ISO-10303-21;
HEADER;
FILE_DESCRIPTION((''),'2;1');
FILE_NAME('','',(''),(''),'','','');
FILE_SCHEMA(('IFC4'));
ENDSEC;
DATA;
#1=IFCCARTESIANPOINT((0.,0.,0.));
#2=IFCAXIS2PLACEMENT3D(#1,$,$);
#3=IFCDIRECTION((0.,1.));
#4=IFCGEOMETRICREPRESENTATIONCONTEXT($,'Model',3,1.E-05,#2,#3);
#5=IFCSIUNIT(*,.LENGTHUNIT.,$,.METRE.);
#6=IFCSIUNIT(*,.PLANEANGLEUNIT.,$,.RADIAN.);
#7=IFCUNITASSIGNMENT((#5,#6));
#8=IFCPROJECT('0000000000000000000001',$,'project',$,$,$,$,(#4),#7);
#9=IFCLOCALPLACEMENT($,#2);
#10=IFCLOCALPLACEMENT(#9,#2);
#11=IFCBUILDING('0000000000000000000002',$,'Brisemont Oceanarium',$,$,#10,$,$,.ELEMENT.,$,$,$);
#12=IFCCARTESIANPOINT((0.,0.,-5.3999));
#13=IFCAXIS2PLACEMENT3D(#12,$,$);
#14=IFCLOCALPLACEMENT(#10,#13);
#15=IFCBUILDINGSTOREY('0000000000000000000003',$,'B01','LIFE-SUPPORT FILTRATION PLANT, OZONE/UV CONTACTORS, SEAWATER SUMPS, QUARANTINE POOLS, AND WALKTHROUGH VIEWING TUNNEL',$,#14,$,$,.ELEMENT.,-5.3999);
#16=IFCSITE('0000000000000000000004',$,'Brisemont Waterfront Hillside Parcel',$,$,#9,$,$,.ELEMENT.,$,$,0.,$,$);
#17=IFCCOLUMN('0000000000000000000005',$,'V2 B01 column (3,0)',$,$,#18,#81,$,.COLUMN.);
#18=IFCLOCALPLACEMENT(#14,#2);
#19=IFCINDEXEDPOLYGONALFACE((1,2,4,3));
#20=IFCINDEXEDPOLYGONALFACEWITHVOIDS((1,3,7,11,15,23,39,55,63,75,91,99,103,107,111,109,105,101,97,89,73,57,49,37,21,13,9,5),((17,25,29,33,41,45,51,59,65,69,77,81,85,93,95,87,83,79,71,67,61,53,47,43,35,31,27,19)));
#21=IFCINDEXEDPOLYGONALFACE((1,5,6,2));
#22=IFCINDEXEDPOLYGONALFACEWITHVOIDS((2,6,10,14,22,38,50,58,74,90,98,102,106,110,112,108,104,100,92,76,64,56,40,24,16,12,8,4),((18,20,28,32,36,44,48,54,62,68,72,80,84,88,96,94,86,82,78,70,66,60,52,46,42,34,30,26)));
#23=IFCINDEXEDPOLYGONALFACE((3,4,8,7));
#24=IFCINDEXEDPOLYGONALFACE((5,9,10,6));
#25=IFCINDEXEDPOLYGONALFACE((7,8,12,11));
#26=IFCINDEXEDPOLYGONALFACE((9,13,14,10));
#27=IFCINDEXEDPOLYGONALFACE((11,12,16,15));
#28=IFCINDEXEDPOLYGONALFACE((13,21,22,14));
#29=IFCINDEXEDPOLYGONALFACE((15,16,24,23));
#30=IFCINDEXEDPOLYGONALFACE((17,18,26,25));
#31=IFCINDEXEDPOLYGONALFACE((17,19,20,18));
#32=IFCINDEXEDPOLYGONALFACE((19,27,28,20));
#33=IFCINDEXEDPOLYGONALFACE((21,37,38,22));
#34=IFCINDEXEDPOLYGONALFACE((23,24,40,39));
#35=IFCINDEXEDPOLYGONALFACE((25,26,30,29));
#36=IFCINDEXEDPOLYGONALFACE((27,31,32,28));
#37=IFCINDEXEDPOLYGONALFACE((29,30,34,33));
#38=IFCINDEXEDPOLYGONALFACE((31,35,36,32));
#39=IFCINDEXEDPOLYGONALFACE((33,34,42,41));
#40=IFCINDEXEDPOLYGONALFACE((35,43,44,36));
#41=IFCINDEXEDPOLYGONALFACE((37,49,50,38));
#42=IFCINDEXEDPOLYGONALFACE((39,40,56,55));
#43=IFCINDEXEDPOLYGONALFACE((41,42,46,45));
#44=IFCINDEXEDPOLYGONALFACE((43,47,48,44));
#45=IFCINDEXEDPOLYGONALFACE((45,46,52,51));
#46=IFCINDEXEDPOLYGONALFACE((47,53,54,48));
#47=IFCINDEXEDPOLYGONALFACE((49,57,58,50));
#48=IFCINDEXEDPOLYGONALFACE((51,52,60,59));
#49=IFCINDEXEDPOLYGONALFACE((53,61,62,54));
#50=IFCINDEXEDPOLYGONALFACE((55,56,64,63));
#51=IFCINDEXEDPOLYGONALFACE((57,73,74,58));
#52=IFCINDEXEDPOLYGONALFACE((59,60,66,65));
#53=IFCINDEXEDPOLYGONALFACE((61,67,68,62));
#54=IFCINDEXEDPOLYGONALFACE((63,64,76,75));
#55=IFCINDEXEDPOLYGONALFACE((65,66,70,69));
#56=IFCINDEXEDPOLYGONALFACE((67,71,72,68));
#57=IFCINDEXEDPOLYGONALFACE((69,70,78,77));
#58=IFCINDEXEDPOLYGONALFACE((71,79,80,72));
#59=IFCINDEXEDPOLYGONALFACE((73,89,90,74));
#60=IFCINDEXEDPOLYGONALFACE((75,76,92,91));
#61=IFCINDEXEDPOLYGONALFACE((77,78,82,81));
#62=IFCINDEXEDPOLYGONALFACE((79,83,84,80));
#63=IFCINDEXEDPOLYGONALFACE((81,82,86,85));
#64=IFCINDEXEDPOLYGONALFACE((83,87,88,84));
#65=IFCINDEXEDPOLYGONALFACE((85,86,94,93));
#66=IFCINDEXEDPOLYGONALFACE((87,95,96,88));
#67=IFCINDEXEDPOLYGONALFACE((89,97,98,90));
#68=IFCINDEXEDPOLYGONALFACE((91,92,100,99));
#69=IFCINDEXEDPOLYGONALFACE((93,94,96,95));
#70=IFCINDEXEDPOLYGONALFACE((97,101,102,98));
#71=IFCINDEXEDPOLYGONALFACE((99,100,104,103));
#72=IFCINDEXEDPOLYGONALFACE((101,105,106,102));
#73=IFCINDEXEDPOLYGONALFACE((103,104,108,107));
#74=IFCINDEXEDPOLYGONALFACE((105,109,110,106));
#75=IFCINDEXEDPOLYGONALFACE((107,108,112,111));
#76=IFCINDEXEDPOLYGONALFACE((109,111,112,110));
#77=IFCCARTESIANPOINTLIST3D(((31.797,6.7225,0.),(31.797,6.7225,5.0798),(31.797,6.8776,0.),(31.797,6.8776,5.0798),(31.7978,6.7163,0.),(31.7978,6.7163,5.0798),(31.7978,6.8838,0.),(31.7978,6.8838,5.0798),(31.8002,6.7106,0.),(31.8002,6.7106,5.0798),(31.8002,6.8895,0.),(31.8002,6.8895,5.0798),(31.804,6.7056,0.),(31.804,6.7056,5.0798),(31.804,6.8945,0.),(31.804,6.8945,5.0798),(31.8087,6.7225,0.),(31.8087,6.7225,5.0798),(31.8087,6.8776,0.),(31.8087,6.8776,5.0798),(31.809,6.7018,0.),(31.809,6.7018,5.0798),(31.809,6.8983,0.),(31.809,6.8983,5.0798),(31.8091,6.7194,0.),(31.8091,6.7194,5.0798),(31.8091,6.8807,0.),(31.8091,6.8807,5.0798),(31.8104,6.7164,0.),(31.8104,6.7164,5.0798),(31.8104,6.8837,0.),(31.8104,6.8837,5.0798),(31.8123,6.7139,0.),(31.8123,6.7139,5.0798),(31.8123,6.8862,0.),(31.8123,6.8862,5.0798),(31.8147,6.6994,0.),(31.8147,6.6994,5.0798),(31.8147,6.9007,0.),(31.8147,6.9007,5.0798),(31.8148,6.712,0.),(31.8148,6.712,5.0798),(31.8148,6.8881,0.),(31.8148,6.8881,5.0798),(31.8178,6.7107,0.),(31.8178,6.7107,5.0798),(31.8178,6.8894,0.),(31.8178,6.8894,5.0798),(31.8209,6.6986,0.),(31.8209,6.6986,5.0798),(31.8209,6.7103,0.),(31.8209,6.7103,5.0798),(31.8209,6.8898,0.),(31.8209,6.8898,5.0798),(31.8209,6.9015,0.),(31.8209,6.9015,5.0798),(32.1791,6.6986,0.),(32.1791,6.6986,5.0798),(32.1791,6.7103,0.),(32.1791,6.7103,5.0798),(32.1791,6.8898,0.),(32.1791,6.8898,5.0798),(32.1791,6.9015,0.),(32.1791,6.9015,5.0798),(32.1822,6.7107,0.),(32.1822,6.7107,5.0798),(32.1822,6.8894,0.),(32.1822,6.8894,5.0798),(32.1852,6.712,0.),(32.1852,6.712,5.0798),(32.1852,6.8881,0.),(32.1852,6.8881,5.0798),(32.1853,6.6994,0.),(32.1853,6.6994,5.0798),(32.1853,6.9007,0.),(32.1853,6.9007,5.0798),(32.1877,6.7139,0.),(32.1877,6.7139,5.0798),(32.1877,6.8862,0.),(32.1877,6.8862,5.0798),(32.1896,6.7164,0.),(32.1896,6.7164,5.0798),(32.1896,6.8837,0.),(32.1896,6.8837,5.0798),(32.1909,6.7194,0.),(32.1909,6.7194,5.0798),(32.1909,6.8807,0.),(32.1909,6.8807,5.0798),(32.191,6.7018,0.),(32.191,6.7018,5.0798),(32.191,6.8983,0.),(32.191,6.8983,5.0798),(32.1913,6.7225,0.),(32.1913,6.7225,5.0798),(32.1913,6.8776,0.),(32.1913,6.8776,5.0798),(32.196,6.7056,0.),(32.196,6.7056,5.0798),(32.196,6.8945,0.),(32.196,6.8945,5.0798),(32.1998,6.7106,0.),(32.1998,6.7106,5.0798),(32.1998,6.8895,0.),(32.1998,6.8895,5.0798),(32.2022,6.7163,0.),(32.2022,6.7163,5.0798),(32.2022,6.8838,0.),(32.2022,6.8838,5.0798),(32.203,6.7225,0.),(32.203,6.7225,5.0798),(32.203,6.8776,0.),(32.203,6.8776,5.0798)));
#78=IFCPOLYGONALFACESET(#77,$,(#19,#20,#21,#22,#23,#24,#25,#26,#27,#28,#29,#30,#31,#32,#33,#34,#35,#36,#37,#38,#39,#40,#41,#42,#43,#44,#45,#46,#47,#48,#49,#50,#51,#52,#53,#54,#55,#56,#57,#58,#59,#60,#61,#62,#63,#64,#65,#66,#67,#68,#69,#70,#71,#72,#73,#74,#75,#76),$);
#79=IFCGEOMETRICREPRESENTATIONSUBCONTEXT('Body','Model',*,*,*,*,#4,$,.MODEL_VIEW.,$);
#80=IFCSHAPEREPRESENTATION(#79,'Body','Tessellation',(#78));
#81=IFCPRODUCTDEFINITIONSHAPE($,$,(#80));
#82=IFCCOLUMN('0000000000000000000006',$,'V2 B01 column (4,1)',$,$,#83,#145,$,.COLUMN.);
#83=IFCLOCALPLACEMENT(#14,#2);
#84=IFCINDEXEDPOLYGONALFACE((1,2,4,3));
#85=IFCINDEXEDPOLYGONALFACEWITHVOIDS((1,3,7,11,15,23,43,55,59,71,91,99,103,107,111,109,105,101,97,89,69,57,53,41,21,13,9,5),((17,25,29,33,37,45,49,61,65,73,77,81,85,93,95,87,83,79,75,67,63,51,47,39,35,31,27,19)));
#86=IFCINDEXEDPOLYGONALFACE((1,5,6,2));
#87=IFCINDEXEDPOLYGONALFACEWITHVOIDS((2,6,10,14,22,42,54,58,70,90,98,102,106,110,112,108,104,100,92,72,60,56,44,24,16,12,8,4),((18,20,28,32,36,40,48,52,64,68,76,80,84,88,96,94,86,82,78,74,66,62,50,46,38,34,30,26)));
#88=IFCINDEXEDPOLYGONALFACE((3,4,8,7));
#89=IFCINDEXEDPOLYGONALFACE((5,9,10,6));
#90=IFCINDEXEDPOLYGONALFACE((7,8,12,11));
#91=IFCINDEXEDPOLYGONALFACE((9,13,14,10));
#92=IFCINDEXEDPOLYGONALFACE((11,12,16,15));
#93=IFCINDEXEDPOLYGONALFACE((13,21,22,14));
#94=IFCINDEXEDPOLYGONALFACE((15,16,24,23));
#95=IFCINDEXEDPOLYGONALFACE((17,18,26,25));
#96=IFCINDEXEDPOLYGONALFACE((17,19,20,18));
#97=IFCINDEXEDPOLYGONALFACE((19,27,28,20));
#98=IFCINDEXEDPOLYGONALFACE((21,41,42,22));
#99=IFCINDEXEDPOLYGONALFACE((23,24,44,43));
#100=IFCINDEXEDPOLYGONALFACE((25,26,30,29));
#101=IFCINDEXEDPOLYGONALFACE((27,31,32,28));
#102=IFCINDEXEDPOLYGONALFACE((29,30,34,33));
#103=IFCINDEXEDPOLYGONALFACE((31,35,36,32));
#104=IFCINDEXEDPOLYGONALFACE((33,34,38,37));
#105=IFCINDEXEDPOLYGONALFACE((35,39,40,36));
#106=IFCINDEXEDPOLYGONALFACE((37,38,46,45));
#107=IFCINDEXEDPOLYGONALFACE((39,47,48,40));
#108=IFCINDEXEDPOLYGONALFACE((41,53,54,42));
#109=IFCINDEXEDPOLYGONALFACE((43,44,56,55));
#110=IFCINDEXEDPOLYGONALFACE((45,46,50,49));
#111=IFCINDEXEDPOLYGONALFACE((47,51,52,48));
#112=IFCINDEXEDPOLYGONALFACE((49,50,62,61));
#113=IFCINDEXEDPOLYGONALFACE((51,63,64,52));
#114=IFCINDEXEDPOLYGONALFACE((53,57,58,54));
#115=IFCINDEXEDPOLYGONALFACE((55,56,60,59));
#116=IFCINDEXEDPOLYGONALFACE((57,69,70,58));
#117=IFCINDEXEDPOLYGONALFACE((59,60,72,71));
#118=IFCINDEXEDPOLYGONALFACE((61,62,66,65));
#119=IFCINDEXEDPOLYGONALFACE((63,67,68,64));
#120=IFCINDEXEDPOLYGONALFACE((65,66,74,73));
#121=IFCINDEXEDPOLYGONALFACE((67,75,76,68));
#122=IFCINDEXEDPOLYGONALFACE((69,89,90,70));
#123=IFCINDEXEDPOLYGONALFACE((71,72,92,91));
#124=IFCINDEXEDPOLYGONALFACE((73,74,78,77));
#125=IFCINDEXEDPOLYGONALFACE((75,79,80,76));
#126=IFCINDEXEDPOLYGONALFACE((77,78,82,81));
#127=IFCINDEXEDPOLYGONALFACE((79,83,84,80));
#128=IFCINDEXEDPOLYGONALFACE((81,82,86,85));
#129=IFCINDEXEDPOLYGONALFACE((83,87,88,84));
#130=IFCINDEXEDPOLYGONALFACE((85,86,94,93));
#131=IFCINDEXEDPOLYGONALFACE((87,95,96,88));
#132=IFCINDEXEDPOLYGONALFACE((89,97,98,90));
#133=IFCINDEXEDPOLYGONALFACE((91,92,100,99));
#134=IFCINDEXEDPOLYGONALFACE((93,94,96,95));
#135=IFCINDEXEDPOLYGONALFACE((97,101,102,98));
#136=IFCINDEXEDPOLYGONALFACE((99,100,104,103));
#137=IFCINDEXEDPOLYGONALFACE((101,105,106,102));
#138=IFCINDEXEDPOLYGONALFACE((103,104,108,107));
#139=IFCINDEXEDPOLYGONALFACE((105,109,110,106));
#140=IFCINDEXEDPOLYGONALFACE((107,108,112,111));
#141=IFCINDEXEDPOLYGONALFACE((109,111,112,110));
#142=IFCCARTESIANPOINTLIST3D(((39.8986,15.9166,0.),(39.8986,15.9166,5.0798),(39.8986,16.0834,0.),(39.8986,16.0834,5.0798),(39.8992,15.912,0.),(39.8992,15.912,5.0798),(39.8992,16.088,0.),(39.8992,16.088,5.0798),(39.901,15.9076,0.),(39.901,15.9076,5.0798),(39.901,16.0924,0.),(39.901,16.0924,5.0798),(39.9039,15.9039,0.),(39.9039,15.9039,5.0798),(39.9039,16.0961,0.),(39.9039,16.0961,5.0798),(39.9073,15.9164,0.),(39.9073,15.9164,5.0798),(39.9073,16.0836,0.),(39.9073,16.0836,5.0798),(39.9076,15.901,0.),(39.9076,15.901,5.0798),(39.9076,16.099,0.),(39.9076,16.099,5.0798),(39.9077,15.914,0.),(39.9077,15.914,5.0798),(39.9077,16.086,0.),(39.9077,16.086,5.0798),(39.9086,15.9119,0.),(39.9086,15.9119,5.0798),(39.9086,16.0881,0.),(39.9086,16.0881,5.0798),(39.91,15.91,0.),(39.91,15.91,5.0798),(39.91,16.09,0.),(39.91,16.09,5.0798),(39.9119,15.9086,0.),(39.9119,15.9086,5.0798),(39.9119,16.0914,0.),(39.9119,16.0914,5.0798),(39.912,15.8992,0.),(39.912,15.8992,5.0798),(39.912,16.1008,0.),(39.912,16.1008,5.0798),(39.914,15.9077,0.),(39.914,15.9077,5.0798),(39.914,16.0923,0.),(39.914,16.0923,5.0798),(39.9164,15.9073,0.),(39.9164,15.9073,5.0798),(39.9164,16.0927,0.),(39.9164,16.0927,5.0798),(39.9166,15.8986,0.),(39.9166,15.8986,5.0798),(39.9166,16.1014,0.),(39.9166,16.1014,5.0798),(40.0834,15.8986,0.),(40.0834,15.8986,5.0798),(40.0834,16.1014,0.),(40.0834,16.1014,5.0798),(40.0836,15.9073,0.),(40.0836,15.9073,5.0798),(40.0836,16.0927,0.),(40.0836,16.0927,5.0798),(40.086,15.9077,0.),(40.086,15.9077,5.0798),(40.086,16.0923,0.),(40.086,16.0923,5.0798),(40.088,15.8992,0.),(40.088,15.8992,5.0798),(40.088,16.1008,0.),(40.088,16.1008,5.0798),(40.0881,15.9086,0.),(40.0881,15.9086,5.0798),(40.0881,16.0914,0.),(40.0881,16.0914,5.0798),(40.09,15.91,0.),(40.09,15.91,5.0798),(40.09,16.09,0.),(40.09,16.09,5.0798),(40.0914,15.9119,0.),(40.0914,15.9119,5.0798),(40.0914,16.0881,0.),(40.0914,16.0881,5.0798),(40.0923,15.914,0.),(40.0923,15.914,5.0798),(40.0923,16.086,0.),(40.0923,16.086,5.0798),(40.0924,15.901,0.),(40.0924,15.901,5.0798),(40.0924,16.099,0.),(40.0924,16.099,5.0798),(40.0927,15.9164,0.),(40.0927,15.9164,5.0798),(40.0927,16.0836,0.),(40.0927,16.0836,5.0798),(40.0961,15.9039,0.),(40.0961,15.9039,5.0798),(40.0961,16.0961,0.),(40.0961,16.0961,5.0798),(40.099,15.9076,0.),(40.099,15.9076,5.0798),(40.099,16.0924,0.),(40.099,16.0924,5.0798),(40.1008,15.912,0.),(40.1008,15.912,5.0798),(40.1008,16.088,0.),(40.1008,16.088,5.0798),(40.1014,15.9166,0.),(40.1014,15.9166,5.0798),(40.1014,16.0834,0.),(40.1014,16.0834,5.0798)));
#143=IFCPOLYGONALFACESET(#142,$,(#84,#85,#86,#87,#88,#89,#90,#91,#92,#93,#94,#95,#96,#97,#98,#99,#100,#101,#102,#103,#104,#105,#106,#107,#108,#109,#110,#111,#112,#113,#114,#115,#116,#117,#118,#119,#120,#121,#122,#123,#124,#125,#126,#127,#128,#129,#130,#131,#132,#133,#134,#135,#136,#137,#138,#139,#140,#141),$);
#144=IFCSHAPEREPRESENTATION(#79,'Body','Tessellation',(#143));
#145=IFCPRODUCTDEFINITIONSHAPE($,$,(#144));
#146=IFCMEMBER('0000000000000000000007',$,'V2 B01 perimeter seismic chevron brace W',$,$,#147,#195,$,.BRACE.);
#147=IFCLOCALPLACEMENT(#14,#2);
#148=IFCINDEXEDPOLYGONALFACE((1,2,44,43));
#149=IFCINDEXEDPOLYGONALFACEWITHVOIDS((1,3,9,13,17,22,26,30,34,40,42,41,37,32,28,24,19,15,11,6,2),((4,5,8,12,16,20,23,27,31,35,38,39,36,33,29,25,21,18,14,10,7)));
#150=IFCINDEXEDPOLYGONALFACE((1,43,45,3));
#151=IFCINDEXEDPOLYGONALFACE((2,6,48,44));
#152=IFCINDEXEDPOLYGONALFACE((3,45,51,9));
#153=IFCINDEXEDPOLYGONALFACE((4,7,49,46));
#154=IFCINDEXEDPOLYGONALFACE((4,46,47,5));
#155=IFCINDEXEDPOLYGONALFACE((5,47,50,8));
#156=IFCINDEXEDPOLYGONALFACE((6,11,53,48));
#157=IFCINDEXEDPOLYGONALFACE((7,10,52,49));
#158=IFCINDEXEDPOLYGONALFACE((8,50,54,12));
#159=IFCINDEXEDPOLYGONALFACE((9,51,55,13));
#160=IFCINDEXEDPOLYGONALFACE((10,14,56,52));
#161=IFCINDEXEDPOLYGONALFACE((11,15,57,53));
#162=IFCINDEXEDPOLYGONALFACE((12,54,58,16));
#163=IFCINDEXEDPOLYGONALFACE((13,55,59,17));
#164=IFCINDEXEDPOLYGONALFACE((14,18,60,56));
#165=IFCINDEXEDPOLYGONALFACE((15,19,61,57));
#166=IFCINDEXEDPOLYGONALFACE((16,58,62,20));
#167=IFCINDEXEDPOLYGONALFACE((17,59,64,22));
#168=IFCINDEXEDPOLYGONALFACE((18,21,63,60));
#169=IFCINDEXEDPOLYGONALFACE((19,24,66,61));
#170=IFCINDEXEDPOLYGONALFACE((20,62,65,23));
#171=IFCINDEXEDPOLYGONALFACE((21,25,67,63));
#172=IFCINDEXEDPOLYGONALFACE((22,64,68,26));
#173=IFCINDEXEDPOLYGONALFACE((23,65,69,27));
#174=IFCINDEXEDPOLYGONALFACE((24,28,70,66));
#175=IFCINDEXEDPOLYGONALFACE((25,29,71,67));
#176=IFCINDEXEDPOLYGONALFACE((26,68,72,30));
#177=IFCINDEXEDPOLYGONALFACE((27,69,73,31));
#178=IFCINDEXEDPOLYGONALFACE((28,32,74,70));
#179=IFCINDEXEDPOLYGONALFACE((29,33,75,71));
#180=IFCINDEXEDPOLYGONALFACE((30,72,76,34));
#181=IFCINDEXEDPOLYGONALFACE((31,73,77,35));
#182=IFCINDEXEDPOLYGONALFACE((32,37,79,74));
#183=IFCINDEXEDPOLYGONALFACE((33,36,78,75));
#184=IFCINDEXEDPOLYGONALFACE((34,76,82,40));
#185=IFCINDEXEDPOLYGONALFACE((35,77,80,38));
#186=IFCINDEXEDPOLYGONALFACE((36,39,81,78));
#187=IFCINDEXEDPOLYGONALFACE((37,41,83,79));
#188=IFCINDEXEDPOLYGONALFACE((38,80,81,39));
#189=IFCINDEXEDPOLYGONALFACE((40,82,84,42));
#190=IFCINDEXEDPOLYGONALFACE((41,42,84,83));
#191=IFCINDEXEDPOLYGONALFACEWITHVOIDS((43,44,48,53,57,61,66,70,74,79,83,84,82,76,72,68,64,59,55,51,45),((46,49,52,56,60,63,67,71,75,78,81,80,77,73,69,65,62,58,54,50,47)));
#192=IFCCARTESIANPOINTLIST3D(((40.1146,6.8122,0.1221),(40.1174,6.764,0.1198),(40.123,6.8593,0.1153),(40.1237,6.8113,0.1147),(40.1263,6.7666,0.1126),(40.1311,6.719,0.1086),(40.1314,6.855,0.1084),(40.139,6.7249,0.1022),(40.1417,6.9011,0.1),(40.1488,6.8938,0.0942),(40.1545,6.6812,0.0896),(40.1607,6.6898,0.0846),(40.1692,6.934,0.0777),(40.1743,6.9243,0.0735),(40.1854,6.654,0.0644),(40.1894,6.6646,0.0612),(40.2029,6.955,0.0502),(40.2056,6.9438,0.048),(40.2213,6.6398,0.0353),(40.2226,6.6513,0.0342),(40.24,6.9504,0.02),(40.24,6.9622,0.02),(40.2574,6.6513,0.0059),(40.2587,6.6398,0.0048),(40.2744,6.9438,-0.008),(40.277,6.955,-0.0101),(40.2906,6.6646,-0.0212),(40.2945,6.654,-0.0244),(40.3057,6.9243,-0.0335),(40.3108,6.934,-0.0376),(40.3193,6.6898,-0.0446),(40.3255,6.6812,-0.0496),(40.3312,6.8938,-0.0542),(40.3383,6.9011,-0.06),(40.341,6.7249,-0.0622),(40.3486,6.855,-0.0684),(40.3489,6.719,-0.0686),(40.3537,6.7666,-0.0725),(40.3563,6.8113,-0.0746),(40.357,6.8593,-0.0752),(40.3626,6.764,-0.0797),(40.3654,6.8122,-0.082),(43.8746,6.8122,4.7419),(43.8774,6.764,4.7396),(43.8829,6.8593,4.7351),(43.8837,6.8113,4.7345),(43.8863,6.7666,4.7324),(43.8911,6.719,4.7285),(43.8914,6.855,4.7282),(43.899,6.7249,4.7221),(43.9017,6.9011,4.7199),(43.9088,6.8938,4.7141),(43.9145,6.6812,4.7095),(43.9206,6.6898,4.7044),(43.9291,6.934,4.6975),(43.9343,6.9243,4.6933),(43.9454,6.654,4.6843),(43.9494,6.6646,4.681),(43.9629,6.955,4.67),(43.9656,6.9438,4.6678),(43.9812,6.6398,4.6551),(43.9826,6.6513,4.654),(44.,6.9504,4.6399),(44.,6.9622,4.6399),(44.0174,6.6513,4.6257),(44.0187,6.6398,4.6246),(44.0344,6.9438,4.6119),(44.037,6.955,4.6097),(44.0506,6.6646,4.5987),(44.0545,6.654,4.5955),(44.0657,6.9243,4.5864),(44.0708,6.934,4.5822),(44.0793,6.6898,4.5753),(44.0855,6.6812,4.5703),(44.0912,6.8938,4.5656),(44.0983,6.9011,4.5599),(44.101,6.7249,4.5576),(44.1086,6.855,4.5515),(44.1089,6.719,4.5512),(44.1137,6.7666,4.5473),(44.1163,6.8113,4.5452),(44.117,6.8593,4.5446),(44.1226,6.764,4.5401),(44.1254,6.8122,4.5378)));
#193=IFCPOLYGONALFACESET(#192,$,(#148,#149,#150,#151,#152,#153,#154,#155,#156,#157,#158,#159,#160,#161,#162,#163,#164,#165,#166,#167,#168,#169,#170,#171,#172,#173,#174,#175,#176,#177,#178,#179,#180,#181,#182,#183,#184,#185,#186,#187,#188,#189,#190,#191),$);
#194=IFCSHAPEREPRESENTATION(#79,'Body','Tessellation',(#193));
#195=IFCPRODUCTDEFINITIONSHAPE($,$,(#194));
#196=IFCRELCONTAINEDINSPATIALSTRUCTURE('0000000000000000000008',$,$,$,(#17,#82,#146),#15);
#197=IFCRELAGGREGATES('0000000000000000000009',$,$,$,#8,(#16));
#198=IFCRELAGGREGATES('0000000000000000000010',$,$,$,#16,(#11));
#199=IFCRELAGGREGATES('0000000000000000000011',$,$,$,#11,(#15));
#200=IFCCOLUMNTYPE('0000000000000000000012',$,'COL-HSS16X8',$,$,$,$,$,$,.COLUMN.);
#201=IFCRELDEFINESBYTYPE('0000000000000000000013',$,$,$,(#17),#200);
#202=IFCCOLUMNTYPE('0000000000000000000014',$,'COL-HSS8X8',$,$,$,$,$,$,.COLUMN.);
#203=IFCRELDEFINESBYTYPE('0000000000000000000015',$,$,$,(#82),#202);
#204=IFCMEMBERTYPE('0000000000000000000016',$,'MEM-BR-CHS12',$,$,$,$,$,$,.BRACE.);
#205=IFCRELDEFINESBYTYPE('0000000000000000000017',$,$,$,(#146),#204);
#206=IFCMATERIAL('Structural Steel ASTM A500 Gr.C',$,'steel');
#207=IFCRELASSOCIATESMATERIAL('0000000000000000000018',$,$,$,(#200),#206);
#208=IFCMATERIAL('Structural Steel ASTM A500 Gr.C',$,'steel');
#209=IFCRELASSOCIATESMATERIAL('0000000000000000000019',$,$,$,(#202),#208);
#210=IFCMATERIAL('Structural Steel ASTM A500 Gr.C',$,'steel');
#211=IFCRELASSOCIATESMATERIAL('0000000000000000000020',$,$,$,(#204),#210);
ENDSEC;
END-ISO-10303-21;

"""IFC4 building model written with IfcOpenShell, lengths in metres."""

from ifc_helpers import new_model, si_unit, direction, frame, origin, origin_2d, place, context, subcontext, project, spatial, hollow_rectangle, hollow_circle, extrude, material, material_profile, profile_set, type_object, element, save


model = new_model("IFC4")

# Units and contexts
model_context = context("Model", 3, precision=1e-05, world=origin(), true_north=direction((0.0, 1.0)))
body_context = subcontext(model_context, "Body", "Model", "MODEL_VIEW")
ifc_project = project(units=[si_unit("LENGTHUNIT", "METRE"), si_unit("PLANEANGLEUNIT", "RADIAN")], contexts=[model_context])

# Site, building, storey
site_placement = place(None, origin())
site = spatial("IfcSite", under=ifc_project, at=site_placement, Name="Brisemont Waterfront Hillside Parcel", CompositionType="ELEMENT", RefElevation=0.0)
building_placement = place(site_placement, origin())
building = spatial("IfcBuilding", under=site, at=building_placement, Name="Brisemont Oceanarium", CompositionType="ELEMENT")
storey_placement = place(building_placement, frame((0.0, 0.0, -5.3999)))
storey = spatial("IfcBuildingStorey", under=building, at=storey_placement, Name="B01", Description="LIFE-SUPPORT FILTRATION PLANT, OZONE/UV CONTACTORS, SEAWATER SUMPS, QUARANTINE POOLS, AND WALKTHROUGH VIEWING TUNNEL", CompositionType="ELEMENT", Elevation=-5.3999)

# Columns
ifc_material_1 = material(Name="Structural Steel ASTM A500 Gr.C", Category="steel")
ifc_material_profile_1 = material_profile(ifc_material_1, hollow_rectangle(XDim=0.2029, YDim=0.406, WallThickness=0.0117, InnerFilletRadius=0.0122, OuterFilletRadius=0.0239, at=origin_2d()), Name="HSS16X8X1/2")
ifc_profile_set_1 = profile_set([ifc_material_profile_1], Name="Structural Steel ASTM A500 Gr.C")
column_type_1 = type_object("IfcColumnType", Name="COL-HSS16X8", PredefinedType="COLUMN", material=ifc_profile_set_1)
column_1_placement = place(storey_placement, frame((32.0, 6.8, 0.0), z_axis=(0.0, 0.0, 1.0), x_axis=(0.0, 1.0, 0.0)))
element("IfcColumn", 1, at=column_1_placement, inside=storey, type_object=column_type_1, Name="V2 B01 column (3,0)", PredefinedType="COLUMN", context=body_context, shape_type="SweptSolid", body=[
    extrude(hollow_rectangle(XDim=0.2029, YDim=0.406, WallThickness=0.0117, InnerFilletRadius=0.0122, OuterFilletRadius=0.0239, at=origin_2d()), origin(), (0.0, 0.0, 1.0), 5.0798),
])
ifc_material_2 = material(Name="Structural Steel ASTM A500 Gr.C", Category="steel")
ifc_material_profile_2 = material_profile(ifc_material_2, hollow_rectangle(XDim=0.2029, YDim=0.2029, WallThickness=0.0088, InnerFilletRadius=0.009, OuterFilletRadius=0.0181, at=origin_2d()), Name="HSS8X8X3/8")
ifc_profile_set_2 = profile_set([ifc_material_profile_2], Name="Structural Steel ASTM A500 Gr.C")
column_type_2 = type_object("IfcColumnType", Name="COL-HSS8X8", PredefinedType="COLUMN", material=ifc_profile_set_2)
column_2_placement = place(storey_placement, frame((40.0, 16.0, 0.0), z_axis=(0.0, 0.0, 1.0), x_axis=(0.0, 1.0, 0.0)))
element("IfcColumn", 2, at=column_2_placement, inside=storey, type_object=column_type_2, Name="V2 B01 column (4,1)", PredefinedType="COLUMN", context=body_context, shape_type="SweptSolid", body=[
    extrude(hollow_rectangle(XDim=0.2029, YDim=0.2029, WallThickness=0.0088, InnerFilletRadius=0.009, OuterFilletRadius=0.0181, at=origin_2d()), origin(), (0.0, 0.0, 1.0), 5.0798),
])

# Member
ifc_material_3 = material(Name="Structural Steel ASTM A500 Gr.C", Category="steel")
ifc_material_profile_3 = material_profile(ifc_material_3, hollow_circle(Radius=0.1621, WallThickness=0.0117, at=origin_2d()), Name="HSS12.750X0.500")
ifc_profile_set_3 = profile_set([ifc_material_profile_3], Name="Structural Steel ASTM A500 Gr.C")
member_type = type_object("IfcMemberType", Name="MEM-BR-CHS12", PredefinedType="BRACE", material=ifc_profile_set_3)
member_placement = place(storey_placement, frame((40.24, 6.8, 0.02), z_axis=(0.631236, 0.0, 0.775591), x_axis=(0.0, 1.0, 0.0)))
element("IfcMember", 3, at=member_placement, inside=storey, type_object=member_type, Name="V2 B01 perimeter seismic chevron brace W", PredefinedType="BRACE", context=body_context, shape_type="SweptSolid", body=[
    extrude(hollow_circle(Radius=0.1621, WallThickness=0.0117, at=origin_2d()), origin(), (0.0, 0.0, 1.0), 5.9565),
])

save(model, "model.ifc")
